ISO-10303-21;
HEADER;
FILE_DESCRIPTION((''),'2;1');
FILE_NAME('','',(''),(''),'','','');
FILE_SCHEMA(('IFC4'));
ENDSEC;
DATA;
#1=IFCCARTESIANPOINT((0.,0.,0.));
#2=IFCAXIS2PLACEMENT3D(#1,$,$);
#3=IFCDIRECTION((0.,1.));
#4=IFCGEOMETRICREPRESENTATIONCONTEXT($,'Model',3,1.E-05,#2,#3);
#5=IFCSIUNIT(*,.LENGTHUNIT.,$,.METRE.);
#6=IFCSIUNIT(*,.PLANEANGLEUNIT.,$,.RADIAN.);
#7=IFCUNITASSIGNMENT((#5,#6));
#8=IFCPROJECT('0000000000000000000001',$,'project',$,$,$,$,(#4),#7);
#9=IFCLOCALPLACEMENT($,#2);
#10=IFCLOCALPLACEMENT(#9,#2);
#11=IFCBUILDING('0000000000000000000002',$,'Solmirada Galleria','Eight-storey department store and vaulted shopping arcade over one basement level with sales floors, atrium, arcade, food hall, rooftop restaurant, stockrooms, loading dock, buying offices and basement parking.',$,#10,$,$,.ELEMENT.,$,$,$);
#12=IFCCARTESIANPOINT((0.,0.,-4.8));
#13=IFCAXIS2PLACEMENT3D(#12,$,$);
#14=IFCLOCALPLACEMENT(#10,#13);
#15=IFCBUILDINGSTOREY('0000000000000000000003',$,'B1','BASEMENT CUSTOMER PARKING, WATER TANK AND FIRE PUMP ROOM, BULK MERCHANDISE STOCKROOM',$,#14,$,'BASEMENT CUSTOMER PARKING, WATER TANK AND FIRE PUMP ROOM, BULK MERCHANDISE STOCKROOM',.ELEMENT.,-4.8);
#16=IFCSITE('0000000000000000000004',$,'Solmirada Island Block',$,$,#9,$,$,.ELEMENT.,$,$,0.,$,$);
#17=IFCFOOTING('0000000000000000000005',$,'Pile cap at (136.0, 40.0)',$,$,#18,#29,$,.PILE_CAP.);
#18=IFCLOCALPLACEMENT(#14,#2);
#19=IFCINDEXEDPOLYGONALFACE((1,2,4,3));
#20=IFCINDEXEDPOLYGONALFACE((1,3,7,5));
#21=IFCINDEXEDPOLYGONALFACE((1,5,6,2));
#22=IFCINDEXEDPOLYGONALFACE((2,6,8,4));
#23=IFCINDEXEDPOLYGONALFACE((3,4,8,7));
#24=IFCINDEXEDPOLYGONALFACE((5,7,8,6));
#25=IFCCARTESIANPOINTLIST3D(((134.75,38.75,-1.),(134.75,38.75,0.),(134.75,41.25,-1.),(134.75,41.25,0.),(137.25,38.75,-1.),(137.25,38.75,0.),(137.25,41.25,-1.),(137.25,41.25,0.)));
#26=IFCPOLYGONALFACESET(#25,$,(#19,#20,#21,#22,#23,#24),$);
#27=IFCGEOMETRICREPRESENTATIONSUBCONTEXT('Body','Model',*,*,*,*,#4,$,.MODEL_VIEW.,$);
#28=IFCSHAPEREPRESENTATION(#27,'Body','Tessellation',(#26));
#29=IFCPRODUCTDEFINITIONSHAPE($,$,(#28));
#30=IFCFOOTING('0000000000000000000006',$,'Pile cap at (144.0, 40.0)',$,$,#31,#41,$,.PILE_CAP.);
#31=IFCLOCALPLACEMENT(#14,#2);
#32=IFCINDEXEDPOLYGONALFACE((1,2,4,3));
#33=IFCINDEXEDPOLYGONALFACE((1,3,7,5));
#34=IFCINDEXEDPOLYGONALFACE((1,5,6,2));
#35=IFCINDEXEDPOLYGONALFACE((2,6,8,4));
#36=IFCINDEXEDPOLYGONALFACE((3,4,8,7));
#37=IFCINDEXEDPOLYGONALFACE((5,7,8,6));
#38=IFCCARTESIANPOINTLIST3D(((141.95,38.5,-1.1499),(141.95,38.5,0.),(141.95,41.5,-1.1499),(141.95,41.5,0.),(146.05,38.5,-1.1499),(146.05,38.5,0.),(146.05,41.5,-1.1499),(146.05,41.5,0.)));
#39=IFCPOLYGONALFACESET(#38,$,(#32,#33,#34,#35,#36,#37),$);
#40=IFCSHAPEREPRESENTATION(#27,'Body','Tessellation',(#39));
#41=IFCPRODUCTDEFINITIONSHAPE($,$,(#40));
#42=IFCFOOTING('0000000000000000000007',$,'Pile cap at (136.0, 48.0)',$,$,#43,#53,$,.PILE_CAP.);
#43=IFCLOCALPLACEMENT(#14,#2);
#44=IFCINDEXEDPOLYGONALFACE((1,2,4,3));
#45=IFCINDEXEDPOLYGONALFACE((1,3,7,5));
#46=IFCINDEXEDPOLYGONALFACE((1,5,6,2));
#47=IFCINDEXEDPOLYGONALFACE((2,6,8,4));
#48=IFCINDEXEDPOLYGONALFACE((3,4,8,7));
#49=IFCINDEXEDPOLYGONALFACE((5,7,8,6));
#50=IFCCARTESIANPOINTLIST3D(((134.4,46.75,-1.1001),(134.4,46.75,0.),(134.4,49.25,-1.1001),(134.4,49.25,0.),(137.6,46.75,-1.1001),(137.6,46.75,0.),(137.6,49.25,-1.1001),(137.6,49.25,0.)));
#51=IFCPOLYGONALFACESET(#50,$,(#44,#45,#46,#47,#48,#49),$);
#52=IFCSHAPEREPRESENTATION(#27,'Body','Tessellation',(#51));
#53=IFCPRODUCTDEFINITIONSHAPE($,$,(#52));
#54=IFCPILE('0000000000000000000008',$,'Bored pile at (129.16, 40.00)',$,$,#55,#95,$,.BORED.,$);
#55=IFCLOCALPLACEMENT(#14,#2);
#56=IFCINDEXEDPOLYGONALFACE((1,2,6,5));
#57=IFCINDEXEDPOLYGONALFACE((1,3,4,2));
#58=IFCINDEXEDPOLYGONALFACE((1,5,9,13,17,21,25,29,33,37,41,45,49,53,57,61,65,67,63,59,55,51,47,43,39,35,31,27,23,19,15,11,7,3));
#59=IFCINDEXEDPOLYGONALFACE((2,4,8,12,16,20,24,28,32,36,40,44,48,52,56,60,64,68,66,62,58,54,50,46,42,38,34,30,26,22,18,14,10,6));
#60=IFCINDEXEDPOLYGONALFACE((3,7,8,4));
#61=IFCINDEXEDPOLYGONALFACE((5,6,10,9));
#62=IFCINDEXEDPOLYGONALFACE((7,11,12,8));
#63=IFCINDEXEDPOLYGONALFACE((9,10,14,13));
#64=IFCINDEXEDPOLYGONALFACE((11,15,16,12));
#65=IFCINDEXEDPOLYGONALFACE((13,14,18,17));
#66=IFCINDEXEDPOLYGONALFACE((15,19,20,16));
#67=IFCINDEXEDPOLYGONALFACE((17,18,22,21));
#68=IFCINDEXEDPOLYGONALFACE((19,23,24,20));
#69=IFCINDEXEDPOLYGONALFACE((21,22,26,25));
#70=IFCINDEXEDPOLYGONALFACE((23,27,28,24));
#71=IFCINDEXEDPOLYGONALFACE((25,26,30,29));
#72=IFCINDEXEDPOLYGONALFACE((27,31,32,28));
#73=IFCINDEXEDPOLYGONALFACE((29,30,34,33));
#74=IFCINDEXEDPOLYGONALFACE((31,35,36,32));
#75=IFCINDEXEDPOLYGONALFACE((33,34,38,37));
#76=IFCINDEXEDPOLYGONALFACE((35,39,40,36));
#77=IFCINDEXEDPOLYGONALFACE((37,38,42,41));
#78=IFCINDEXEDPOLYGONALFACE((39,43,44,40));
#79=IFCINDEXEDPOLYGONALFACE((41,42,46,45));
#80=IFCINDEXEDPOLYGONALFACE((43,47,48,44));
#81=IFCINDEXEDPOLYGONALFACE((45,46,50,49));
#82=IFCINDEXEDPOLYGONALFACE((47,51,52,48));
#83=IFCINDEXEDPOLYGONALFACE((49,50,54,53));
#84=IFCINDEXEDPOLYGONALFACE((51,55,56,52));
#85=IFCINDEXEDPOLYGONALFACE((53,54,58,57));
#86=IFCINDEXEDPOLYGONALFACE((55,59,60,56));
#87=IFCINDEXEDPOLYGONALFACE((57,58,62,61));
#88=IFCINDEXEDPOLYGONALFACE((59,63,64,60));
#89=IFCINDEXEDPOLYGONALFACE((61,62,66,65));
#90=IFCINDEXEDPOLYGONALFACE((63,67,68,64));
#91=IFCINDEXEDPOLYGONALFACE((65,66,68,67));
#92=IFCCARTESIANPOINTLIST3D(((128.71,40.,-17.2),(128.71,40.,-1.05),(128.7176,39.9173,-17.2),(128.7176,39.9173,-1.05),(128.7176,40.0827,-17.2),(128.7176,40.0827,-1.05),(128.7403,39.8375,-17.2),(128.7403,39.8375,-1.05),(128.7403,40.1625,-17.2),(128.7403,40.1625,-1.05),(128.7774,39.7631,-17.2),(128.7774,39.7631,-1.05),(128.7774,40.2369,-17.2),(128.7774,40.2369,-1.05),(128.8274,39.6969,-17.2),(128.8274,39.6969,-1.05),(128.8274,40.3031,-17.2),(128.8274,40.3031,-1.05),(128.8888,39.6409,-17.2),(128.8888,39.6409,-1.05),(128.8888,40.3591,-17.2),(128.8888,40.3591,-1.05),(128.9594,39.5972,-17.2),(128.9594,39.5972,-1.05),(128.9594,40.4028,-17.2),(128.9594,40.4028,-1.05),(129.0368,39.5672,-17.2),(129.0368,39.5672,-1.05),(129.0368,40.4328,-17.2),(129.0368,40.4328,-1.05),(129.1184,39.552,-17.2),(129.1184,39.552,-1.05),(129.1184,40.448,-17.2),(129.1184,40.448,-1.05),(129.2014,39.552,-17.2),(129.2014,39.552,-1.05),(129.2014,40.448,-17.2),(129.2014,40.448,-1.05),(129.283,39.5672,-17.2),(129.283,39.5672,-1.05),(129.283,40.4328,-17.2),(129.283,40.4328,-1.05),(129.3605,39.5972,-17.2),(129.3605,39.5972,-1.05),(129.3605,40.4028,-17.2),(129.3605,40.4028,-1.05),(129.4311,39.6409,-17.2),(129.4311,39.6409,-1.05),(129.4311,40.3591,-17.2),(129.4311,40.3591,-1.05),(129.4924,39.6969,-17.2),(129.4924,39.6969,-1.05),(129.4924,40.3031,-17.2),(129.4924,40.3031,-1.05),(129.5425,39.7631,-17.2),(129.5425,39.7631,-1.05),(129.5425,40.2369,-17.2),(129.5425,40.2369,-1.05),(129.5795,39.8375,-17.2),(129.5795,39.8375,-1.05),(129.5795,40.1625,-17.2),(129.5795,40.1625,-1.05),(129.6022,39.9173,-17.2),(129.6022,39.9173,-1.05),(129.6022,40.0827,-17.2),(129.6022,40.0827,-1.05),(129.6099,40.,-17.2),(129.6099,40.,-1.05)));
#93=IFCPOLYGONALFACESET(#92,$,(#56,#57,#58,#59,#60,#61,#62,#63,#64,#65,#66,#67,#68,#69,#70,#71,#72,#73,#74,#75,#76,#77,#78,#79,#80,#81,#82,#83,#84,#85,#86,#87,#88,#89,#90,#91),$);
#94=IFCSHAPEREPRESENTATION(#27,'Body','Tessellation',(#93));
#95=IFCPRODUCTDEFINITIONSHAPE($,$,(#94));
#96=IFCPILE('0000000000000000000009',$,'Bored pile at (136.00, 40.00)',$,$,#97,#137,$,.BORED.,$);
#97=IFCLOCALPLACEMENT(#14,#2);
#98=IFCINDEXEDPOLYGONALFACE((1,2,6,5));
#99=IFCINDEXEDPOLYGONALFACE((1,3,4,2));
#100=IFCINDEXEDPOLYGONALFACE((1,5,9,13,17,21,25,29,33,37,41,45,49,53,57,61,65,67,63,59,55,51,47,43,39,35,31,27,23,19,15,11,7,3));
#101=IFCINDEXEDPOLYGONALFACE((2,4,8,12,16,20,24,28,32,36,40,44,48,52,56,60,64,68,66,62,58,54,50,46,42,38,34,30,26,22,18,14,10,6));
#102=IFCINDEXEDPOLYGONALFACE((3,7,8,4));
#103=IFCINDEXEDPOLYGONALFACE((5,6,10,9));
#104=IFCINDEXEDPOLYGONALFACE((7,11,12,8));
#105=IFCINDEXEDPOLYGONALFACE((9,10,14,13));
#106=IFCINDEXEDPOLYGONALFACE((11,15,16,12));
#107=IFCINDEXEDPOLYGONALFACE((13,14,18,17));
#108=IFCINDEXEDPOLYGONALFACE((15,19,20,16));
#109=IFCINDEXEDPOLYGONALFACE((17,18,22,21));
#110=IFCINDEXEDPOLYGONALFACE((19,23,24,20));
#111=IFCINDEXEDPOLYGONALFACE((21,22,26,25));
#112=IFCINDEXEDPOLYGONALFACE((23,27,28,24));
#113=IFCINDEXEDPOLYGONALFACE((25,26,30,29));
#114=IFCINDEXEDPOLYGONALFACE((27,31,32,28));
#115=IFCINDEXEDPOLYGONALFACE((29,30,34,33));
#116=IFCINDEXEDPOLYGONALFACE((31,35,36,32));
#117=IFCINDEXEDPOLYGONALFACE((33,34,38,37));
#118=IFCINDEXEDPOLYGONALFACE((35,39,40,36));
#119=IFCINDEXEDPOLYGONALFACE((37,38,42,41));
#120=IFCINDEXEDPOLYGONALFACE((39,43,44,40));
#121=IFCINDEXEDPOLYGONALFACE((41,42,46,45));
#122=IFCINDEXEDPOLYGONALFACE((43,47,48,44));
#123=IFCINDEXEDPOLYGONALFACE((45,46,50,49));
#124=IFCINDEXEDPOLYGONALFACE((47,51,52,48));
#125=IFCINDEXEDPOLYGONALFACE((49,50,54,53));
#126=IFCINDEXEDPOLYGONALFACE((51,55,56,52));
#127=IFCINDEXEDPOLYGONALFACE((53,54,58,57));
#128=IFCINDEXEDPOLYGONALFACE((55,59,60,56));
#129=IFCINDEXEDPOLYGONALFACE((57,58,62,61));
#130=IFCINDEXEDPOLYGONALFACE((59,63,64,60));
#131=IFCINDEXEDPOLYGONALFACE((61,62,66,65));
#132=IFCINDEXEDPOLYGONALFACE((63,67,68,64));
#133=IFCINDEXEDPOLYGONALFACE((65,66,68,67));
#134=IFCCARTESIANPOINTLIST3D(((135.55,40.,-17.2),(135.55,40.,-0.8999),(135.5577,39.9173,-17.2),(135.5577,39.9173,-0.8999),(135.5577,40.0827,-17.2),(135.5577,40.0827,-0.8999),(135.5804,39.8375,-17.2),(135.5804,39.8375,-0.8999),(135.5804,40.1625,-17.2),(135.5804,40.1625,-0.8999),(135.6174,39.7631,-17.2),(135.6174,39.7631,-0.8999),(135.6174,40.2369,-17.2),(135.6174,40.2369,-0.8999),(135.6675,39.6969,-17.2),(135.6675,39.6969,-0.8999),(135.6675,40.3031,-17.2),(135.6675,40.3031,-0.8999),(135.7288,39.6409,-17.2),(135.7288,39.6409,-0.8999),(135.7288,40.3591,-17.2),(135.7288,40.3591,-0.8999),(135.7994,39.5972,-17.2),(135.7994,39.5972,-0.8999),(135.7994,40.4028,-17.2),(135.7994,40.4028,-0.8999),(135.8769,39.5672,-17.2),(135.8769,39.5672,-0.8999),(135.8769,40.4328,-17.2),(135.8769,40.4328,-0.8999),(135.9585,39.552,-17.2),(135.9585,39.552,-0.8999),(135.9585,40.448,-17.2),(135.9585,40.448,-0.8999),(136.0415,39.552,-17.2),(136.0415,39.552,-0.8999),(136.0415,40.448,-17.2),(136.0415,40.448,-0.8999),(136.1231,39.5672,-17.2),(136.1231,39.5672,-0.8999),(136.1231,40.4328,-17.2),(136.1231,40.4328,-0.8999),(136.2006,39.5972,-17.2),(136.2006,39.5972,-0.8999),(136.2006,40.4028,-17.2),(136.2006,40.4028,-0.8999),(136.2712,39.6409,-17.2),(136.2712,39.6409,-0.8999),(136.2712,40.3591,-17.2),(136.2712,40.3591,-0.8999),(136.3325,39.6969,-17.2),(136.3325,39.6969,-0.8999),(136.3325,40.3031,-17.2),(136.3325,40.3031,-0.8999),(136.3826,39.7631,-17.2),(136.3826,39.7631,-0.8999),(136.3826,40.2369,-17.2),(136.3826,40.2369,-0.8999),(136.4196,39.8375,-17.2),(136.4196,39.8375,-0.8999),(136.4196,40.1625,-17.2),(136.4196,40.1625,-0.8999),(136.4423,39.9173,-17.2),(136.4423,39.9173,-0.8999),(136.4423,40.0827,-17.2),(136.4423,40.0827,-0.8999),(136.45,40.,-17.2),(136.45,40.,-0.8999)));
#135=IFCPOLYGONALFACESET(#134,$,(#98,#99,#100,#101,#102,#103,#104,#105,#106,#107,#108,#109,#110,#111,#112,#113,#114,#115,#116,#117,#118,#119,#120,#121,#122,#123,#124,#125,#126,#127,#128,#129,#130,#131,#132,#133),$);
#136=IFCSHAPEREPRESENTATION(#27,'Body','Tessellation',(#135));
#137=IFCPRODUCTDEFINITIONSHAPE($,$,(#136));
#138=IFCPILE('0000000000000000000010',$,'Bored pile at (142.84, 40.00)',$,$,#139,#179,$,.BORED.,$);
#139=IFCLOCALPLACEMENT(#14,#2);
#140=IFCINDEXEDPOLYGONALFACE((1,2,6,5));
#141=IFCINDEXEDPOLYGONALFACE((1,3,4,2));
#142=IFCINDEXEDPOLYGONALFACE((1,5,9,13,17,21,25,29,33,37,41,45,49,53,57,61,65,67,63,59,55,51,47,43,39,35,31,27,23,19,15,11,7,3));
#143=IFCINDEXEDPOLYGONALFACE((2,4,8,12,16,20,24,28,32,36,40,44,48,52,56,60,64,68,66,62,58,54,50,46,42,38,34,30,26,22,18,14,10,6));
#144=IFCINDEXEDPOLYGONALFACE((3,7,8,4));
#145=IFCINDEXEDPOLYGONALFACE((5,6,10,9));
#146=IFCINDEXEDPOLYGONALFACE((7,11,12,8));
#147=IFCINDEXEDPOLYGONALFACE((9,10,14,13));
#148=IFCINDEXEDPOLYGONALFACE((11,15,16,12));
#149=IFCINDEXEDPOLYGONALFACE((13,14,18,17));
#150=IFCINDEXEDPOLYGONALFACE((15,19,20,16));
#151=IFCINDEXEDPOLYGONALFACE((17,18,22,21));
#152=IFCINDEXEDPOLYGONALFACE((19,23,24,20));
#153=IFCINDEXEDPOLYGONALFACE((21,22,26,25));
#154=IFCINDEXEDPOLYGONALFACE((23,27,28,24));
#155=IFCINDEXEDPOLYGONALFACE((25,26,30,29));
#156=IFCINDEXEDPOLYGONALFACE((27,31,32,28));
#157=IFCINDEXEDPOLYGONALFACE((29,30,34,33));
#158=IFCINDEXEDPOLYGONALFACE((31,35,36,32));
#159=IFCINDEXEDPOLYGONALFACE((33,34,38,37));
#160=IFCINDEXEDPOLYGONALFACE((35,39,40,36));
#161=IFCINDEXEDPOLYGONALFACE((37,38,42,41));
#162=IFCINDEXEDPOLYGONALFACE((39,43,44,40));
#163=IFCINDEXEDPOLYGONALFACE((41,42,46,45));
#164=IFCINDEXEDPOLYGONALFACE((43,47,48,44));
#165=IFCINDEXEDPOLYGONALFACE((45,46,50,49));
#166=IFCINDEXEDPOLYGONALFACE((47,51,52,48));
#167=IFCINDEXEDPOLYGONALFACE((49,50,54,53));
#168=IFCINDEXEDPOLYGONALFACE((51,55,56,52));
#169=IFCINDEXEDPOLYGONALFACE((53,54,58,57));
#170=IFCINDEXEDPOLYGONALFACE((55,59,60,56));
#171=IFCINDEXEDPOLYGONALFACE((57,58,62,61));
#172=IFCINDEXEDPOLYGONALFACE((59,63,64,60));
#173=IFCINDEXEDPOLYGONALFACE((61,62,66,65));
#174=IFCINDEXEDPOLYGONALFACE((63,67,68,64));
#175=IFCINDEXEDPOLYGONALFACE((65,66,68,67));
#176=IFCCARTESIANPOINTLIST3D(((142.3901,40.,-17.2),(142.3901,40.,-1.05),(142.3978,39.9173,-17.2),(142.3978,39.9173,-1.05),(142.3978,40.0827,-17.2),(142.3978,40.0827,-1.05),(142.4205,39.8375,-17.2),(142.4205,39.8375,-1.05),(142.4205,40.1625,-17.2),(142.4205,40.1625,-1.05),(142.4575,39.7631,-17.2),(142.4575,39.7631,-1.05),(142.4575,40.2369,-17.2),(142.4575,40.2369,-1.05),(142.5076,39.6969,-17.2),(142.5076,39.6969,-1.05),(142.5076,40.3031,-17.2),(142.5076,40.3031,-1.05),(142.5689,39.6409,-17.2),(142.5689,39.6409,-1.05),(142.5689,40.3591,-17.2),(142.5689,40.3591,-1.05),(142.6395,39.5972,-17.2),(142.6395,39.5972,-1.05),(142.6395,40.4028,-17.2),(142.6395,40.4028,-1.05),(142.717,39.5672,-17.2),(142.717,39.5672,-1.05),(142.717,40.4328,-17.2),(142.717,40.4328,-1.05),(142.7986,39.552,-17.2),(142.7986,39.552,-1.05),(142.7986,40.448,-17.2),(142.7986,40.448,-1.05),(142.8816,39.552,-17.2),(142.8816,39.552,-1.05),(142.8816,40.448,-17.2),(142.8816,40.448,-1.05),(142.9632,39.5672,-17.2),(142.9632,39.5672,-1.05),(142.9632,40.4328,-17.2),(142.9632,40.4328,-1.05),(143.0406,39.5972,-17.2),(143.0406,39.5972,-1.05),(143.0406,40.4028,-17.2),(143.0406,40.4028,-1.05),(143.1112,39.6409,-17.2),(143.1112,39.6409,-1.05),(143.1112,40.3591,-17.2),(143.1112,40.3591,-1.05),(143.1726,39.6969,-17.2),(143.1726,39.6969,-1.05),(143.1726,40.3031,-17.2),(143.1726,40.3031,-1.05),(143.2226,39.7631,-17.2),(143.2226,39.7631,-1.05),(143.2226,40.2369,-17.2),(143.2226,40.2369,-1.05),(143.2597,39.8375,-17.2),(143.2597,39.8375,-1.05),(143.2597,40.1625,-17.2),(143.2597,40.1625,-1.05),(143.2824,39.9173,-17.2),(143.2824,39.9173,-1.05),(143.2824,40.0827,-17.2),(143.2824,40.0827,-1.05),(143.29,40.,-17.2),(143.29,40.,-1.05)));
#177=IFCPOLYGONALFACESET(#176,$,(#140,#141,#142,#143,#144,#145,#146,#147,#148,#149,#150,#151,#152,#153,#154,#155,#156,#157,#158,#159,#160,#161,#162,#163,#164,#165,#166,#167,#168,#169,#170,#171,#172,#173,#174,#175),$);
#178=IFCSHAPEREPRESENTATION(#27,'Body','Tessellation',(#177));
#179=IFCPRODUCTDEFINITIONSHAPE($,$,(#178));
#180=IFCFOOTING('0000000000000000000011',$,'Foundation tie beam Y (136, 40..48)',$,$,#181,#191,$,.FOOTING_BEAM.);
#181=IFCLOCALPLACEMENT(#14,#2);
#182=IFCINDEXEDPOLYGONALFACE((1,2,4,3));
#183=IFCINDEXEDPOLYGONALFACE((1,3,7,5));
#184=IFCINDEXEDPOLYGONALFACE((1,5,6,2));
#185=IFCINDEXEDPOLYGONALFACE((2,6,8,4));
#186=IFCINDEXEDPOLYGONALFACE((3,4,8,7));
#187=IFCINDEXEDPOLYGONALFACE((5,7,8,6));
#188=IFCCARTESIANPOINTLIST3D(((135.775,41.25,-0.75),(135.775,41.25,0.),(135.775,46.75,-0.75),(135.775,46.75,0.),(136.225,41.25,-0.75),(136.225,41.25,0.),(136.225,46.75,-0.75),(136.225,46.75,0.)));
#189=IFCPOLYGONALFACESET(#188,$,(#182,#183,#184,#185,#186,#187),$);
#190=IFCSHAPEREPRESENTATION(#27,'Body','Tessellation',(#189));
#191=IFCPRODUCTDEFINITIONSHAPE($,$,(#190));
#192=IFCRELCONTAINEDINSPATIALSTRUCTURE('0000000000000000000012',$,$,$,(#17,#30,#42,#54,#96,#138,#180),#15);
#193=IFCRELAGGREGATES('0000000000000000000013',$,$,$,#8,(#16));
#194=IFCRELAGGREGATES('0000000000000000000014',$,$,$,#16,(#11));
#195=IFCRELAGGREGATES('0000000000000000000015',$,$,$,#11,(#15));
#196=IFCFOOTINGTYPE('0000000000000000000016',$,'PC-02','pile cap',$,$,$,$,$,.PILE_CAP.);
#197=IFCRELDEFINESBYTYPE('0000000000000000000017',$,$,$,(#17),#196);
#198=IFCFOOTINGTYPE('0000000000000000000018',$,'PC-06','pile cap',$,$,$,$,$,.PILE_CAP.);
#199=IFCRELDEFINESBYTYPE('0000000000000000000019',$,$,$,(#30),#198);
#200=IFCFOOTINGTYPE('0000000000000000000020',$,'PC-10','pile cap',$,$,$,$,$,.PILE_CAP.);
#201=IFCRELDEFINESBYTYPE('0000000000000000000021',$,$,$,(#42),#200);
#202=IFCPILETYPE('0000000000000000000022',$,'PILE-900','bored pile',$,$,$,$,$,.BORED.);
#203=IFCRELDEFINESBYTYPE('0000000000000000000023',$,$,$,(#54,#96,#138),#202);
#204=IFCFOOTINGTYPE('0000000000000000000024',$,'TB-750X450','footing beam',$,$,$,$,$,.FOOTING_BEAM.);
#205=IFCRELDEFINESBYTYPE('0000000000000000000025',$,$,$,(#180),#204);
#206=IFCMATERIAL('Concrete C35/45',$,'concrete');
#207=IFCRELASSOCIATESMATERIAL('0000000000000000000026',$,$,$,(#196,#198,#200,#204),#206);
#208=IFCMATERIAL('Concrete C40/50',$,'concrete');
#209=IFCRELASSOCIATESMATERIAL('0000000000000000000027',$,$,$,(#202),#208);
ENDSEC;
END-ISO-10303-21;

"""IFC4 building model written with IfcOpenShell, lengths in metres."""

from ifc_helpers import new_model, si_unit, direction, frame, origin, origin_2d, place, context, subcontext, project, spatial, rectangle, circle, extrude, material, material_profile, profile_set, type_object, element, save


model = new_model("IFC4")

# Units and contexts
model_context = context("Model", 3, precision=1e-05, world=origin(), true_north=direction((0.0, 1.0)))
body_context = subcontext(model_context, "Body", "Model", "MODEL_VIEW")
ifc_project = project(units=[si_unit("LENGTHUNIT", "METRE"), si_unit("PLANEANGLEUNIT", "RADIAN")], contexts=[model_context])

# Site, building, storey
site_placement = place(None, origin())
site = spatial("IfcSite", under=ifc_project, at=site_placement, Name="Solmirada Island Block", CompositionType="ELEMENT", RefElevation=0.0)
building_placement = place(site_placement, origin())
building = spatial("IfcBuilding", under=site, at=building_placement, Name="Solmirada Galleria", Description="Eight-storey department store and vaulted shopping arcade over one basement level with sales floors, atrium, arcade, food hall, rooftop restaurant, stockrooms, loading dock, buying offices and basement parking.", CompositionType="ELEMENT")
storey_placement = place(building_placement, frame((0.0, 0.0, -4.8)))
storey = spatial("IfcBuildingStorey", under=building, at=storey_placement, Name="B1", Description="BASEMENT CUSTOMER PARKING, WATER TANK AND FIRE PUMP ROOM, BULK MERCHANDISE STOCKROOM", LongName="BASEMENT CUSTOMER PARKING, WATER TANK AND FIRE PUMP ROOM, BULK MERCHANDISE STOCKROOM", CompositionType="ELEMENT", Elevation=-4.8)

# Footings
ifc_material_1 = material(Name="Concrete C35/45", Category="concrete")
footing_type_1 = type_object("IfcFootingType", Name="PC-02", Description="pile cap", PredefinedType="PILE_CAP", material=ifc_material_1)
footing_1_placement = place(storey_placement, frame((136.0, 40.0, -1.0), z_axis=(0.0, 0.0, 1.0), x_axis=(1.0, 0.0, 0.0)))
element("IfcFooting", 1, at=footing_1_placement, inside=storey, type_object=footing_type_1, Name="Pile cap at (136.0, 40.0)", PredefinedType="PILE_CAP", context=body_context, shape_type="SweptSolid", body=[
    extrude(rectangle(XDim=2.5, YDim=2.5, at=origin_2d()), origin(), (0.0, 0.0, 1.0), 1.0),
])
footing_type_2 = type_object("IfcFootingType", Name="PC-06", Description="pile cap", PredefinedType="PILE_CAP", material=ifc_material_1)
footing_2_placement = place(storey_placement, frame((144.0, 40.0, -1.1499), z_axis=(0.0, 0.0, 1.0), x_axis=(1.0, 0.0, 0.0)))
element("IfcFooting", 2, at=footing_2_placement, inside=storey, type_object=footing_type_2, Name="Pile cap at (144.0, 40.0)", PredefinedType="PILE_CAP", context=body_context, shape_type="SweptSolid", body=[
    extrude(rectangle(XDim=4.1001, YDim=3.0, at=origin_2d()), origin(), (0.0, 0.0, 1.0), 1.1499),
])
footing_type_3 = type_object("IfcFootingType", Name="PC-10", Description="pile cap", PredefinedType="PILE_CAP", material=ifc_material_1)
footing_3_placement = place(storey_placement, frame((136.0, 48.0, -1.1001), z_axis=(0.0, 0.0, 1.0), x_axis=(1.0, 0.0, 0.0)))
element("IfcFooting", 3, at=footing_3_placement, inside=storey, type_object=footing_type_3, Name="Pile cap at (136.0, 48.0)", PredefinedType="PILE_CAP", context=body_context, shape_type="SweptSolid", body=[
    extrude(rectangle(XDim=3.2, YDim=2.5, at=origin_2d()), origin(), (0.0, 0.0, 1.0), 1.1001),
])

# Piles
ifc_material_2 = material(Name="Concrete C40/50", Category="concrete")
ifc_material_profile_1 = material_profile(ifc_material_2, circle(Radius=0.45, at=origin_2d()), Name="PILE900")
ifc_profile_set_1 = profile_set([ifc_material_profile_1], Name="Concrete C40/50")
pile_type = type_object("IfcPileType", Name="PILE-900", Description="bored pile", PredefinedType="BORED", material=ifc_profile_set_1)
pile_1_placement = place(storey_placement, frame((129.1599, 40.0, -1.05), z_axis=(0.0, 0.0, -1.0), x_axis=(1.0, 0.0, 0.0)))
element("IfcPile", 4, at=pile_1_placement, inside=storey, type_object=pile_type, Name="Bored pile at (129.16, 40.00)", PredefinedType="BORED", context=body_context, shape_type="SweptSolid", body=[
    extrude(circle(Radius=0.45, at=origin_2d()), origin(), (0.0, 0.0, 1.0), 16.1499),
])
pile_2_placement = place(storey_placement, frame((136.0, 40.0, -0.8999), z_axis=(0.0, 0.0, -1.0), x_axis=(1.0, 0.0, 0.0)))
element("IfcPile", 5, at=pile_2_placement, inside=storey, type_object=pile_type, Name="Bored pile at (136.00, 40.00)", PredefinedType="BORED", context=body_context, shape_type="SweptSolid", body=[
    extrude(circle(Radius=0.45, at=origin_2d()), origin(), (0.0, 0.0, 1.0), 16.3),
])
pile_3_placement = place(storey_placement, frame((142.8401, 40.0, -1.05), z_axis=(0.0, 0.0, -1.0), x_axis=(1.0, 0.0, 0.0)))
element("IfcPile", 6, at=pile_3_placement, inside=storey, type_object=pile_type, Name="Bored pile at (142.84, 40.00)", PredefinedType="BORED", context=body_context, shape_type="SweptSolid", body=[
    extrude(circle(Radius=0.45, at=origin_2d()), origin(), (0.0, 0.0, 1.0), 16.1499),
])

# Footing
ifc_material_profile_2 = material_profile(ifc_material_1, rectangle(XDim=0.45, YDim=0.75, at=origin_2d()), Name="RC750X450")
ifc_profile_set_2 = profile_set([ifc_material_profile_2], Name="Concrete C35/45")
footing_type_4 = type_object("IfcFootingType", Name="TB-750X450", Description="footing beam", PredefinedType="FOOTING_BEAM", material=ifc_profile_set_2)
footing_4_placement = place(storey_placement, frame((136.0, 41.25, -0.375), z_axis=(0.0, 1.0, 0.0), x_axis=(-1.0, 0.0, 0.0)))
element("IfcFooting", 7, at=footing_4_placement, inside=storey, type_object=footing_type_4, Name="Foundation tie beam Y (136, 40..48)", PredefinedType="FOOTING_BEAM", context=body_context, shape_type="SweptSolid", body=[
    extrude(rectangle(XDim=0.45, YDim=0.75, at=origin_2d()), origin(), (0.0, 0.0, 1.0), 5.5),
])

save(model, "model.ifc")
